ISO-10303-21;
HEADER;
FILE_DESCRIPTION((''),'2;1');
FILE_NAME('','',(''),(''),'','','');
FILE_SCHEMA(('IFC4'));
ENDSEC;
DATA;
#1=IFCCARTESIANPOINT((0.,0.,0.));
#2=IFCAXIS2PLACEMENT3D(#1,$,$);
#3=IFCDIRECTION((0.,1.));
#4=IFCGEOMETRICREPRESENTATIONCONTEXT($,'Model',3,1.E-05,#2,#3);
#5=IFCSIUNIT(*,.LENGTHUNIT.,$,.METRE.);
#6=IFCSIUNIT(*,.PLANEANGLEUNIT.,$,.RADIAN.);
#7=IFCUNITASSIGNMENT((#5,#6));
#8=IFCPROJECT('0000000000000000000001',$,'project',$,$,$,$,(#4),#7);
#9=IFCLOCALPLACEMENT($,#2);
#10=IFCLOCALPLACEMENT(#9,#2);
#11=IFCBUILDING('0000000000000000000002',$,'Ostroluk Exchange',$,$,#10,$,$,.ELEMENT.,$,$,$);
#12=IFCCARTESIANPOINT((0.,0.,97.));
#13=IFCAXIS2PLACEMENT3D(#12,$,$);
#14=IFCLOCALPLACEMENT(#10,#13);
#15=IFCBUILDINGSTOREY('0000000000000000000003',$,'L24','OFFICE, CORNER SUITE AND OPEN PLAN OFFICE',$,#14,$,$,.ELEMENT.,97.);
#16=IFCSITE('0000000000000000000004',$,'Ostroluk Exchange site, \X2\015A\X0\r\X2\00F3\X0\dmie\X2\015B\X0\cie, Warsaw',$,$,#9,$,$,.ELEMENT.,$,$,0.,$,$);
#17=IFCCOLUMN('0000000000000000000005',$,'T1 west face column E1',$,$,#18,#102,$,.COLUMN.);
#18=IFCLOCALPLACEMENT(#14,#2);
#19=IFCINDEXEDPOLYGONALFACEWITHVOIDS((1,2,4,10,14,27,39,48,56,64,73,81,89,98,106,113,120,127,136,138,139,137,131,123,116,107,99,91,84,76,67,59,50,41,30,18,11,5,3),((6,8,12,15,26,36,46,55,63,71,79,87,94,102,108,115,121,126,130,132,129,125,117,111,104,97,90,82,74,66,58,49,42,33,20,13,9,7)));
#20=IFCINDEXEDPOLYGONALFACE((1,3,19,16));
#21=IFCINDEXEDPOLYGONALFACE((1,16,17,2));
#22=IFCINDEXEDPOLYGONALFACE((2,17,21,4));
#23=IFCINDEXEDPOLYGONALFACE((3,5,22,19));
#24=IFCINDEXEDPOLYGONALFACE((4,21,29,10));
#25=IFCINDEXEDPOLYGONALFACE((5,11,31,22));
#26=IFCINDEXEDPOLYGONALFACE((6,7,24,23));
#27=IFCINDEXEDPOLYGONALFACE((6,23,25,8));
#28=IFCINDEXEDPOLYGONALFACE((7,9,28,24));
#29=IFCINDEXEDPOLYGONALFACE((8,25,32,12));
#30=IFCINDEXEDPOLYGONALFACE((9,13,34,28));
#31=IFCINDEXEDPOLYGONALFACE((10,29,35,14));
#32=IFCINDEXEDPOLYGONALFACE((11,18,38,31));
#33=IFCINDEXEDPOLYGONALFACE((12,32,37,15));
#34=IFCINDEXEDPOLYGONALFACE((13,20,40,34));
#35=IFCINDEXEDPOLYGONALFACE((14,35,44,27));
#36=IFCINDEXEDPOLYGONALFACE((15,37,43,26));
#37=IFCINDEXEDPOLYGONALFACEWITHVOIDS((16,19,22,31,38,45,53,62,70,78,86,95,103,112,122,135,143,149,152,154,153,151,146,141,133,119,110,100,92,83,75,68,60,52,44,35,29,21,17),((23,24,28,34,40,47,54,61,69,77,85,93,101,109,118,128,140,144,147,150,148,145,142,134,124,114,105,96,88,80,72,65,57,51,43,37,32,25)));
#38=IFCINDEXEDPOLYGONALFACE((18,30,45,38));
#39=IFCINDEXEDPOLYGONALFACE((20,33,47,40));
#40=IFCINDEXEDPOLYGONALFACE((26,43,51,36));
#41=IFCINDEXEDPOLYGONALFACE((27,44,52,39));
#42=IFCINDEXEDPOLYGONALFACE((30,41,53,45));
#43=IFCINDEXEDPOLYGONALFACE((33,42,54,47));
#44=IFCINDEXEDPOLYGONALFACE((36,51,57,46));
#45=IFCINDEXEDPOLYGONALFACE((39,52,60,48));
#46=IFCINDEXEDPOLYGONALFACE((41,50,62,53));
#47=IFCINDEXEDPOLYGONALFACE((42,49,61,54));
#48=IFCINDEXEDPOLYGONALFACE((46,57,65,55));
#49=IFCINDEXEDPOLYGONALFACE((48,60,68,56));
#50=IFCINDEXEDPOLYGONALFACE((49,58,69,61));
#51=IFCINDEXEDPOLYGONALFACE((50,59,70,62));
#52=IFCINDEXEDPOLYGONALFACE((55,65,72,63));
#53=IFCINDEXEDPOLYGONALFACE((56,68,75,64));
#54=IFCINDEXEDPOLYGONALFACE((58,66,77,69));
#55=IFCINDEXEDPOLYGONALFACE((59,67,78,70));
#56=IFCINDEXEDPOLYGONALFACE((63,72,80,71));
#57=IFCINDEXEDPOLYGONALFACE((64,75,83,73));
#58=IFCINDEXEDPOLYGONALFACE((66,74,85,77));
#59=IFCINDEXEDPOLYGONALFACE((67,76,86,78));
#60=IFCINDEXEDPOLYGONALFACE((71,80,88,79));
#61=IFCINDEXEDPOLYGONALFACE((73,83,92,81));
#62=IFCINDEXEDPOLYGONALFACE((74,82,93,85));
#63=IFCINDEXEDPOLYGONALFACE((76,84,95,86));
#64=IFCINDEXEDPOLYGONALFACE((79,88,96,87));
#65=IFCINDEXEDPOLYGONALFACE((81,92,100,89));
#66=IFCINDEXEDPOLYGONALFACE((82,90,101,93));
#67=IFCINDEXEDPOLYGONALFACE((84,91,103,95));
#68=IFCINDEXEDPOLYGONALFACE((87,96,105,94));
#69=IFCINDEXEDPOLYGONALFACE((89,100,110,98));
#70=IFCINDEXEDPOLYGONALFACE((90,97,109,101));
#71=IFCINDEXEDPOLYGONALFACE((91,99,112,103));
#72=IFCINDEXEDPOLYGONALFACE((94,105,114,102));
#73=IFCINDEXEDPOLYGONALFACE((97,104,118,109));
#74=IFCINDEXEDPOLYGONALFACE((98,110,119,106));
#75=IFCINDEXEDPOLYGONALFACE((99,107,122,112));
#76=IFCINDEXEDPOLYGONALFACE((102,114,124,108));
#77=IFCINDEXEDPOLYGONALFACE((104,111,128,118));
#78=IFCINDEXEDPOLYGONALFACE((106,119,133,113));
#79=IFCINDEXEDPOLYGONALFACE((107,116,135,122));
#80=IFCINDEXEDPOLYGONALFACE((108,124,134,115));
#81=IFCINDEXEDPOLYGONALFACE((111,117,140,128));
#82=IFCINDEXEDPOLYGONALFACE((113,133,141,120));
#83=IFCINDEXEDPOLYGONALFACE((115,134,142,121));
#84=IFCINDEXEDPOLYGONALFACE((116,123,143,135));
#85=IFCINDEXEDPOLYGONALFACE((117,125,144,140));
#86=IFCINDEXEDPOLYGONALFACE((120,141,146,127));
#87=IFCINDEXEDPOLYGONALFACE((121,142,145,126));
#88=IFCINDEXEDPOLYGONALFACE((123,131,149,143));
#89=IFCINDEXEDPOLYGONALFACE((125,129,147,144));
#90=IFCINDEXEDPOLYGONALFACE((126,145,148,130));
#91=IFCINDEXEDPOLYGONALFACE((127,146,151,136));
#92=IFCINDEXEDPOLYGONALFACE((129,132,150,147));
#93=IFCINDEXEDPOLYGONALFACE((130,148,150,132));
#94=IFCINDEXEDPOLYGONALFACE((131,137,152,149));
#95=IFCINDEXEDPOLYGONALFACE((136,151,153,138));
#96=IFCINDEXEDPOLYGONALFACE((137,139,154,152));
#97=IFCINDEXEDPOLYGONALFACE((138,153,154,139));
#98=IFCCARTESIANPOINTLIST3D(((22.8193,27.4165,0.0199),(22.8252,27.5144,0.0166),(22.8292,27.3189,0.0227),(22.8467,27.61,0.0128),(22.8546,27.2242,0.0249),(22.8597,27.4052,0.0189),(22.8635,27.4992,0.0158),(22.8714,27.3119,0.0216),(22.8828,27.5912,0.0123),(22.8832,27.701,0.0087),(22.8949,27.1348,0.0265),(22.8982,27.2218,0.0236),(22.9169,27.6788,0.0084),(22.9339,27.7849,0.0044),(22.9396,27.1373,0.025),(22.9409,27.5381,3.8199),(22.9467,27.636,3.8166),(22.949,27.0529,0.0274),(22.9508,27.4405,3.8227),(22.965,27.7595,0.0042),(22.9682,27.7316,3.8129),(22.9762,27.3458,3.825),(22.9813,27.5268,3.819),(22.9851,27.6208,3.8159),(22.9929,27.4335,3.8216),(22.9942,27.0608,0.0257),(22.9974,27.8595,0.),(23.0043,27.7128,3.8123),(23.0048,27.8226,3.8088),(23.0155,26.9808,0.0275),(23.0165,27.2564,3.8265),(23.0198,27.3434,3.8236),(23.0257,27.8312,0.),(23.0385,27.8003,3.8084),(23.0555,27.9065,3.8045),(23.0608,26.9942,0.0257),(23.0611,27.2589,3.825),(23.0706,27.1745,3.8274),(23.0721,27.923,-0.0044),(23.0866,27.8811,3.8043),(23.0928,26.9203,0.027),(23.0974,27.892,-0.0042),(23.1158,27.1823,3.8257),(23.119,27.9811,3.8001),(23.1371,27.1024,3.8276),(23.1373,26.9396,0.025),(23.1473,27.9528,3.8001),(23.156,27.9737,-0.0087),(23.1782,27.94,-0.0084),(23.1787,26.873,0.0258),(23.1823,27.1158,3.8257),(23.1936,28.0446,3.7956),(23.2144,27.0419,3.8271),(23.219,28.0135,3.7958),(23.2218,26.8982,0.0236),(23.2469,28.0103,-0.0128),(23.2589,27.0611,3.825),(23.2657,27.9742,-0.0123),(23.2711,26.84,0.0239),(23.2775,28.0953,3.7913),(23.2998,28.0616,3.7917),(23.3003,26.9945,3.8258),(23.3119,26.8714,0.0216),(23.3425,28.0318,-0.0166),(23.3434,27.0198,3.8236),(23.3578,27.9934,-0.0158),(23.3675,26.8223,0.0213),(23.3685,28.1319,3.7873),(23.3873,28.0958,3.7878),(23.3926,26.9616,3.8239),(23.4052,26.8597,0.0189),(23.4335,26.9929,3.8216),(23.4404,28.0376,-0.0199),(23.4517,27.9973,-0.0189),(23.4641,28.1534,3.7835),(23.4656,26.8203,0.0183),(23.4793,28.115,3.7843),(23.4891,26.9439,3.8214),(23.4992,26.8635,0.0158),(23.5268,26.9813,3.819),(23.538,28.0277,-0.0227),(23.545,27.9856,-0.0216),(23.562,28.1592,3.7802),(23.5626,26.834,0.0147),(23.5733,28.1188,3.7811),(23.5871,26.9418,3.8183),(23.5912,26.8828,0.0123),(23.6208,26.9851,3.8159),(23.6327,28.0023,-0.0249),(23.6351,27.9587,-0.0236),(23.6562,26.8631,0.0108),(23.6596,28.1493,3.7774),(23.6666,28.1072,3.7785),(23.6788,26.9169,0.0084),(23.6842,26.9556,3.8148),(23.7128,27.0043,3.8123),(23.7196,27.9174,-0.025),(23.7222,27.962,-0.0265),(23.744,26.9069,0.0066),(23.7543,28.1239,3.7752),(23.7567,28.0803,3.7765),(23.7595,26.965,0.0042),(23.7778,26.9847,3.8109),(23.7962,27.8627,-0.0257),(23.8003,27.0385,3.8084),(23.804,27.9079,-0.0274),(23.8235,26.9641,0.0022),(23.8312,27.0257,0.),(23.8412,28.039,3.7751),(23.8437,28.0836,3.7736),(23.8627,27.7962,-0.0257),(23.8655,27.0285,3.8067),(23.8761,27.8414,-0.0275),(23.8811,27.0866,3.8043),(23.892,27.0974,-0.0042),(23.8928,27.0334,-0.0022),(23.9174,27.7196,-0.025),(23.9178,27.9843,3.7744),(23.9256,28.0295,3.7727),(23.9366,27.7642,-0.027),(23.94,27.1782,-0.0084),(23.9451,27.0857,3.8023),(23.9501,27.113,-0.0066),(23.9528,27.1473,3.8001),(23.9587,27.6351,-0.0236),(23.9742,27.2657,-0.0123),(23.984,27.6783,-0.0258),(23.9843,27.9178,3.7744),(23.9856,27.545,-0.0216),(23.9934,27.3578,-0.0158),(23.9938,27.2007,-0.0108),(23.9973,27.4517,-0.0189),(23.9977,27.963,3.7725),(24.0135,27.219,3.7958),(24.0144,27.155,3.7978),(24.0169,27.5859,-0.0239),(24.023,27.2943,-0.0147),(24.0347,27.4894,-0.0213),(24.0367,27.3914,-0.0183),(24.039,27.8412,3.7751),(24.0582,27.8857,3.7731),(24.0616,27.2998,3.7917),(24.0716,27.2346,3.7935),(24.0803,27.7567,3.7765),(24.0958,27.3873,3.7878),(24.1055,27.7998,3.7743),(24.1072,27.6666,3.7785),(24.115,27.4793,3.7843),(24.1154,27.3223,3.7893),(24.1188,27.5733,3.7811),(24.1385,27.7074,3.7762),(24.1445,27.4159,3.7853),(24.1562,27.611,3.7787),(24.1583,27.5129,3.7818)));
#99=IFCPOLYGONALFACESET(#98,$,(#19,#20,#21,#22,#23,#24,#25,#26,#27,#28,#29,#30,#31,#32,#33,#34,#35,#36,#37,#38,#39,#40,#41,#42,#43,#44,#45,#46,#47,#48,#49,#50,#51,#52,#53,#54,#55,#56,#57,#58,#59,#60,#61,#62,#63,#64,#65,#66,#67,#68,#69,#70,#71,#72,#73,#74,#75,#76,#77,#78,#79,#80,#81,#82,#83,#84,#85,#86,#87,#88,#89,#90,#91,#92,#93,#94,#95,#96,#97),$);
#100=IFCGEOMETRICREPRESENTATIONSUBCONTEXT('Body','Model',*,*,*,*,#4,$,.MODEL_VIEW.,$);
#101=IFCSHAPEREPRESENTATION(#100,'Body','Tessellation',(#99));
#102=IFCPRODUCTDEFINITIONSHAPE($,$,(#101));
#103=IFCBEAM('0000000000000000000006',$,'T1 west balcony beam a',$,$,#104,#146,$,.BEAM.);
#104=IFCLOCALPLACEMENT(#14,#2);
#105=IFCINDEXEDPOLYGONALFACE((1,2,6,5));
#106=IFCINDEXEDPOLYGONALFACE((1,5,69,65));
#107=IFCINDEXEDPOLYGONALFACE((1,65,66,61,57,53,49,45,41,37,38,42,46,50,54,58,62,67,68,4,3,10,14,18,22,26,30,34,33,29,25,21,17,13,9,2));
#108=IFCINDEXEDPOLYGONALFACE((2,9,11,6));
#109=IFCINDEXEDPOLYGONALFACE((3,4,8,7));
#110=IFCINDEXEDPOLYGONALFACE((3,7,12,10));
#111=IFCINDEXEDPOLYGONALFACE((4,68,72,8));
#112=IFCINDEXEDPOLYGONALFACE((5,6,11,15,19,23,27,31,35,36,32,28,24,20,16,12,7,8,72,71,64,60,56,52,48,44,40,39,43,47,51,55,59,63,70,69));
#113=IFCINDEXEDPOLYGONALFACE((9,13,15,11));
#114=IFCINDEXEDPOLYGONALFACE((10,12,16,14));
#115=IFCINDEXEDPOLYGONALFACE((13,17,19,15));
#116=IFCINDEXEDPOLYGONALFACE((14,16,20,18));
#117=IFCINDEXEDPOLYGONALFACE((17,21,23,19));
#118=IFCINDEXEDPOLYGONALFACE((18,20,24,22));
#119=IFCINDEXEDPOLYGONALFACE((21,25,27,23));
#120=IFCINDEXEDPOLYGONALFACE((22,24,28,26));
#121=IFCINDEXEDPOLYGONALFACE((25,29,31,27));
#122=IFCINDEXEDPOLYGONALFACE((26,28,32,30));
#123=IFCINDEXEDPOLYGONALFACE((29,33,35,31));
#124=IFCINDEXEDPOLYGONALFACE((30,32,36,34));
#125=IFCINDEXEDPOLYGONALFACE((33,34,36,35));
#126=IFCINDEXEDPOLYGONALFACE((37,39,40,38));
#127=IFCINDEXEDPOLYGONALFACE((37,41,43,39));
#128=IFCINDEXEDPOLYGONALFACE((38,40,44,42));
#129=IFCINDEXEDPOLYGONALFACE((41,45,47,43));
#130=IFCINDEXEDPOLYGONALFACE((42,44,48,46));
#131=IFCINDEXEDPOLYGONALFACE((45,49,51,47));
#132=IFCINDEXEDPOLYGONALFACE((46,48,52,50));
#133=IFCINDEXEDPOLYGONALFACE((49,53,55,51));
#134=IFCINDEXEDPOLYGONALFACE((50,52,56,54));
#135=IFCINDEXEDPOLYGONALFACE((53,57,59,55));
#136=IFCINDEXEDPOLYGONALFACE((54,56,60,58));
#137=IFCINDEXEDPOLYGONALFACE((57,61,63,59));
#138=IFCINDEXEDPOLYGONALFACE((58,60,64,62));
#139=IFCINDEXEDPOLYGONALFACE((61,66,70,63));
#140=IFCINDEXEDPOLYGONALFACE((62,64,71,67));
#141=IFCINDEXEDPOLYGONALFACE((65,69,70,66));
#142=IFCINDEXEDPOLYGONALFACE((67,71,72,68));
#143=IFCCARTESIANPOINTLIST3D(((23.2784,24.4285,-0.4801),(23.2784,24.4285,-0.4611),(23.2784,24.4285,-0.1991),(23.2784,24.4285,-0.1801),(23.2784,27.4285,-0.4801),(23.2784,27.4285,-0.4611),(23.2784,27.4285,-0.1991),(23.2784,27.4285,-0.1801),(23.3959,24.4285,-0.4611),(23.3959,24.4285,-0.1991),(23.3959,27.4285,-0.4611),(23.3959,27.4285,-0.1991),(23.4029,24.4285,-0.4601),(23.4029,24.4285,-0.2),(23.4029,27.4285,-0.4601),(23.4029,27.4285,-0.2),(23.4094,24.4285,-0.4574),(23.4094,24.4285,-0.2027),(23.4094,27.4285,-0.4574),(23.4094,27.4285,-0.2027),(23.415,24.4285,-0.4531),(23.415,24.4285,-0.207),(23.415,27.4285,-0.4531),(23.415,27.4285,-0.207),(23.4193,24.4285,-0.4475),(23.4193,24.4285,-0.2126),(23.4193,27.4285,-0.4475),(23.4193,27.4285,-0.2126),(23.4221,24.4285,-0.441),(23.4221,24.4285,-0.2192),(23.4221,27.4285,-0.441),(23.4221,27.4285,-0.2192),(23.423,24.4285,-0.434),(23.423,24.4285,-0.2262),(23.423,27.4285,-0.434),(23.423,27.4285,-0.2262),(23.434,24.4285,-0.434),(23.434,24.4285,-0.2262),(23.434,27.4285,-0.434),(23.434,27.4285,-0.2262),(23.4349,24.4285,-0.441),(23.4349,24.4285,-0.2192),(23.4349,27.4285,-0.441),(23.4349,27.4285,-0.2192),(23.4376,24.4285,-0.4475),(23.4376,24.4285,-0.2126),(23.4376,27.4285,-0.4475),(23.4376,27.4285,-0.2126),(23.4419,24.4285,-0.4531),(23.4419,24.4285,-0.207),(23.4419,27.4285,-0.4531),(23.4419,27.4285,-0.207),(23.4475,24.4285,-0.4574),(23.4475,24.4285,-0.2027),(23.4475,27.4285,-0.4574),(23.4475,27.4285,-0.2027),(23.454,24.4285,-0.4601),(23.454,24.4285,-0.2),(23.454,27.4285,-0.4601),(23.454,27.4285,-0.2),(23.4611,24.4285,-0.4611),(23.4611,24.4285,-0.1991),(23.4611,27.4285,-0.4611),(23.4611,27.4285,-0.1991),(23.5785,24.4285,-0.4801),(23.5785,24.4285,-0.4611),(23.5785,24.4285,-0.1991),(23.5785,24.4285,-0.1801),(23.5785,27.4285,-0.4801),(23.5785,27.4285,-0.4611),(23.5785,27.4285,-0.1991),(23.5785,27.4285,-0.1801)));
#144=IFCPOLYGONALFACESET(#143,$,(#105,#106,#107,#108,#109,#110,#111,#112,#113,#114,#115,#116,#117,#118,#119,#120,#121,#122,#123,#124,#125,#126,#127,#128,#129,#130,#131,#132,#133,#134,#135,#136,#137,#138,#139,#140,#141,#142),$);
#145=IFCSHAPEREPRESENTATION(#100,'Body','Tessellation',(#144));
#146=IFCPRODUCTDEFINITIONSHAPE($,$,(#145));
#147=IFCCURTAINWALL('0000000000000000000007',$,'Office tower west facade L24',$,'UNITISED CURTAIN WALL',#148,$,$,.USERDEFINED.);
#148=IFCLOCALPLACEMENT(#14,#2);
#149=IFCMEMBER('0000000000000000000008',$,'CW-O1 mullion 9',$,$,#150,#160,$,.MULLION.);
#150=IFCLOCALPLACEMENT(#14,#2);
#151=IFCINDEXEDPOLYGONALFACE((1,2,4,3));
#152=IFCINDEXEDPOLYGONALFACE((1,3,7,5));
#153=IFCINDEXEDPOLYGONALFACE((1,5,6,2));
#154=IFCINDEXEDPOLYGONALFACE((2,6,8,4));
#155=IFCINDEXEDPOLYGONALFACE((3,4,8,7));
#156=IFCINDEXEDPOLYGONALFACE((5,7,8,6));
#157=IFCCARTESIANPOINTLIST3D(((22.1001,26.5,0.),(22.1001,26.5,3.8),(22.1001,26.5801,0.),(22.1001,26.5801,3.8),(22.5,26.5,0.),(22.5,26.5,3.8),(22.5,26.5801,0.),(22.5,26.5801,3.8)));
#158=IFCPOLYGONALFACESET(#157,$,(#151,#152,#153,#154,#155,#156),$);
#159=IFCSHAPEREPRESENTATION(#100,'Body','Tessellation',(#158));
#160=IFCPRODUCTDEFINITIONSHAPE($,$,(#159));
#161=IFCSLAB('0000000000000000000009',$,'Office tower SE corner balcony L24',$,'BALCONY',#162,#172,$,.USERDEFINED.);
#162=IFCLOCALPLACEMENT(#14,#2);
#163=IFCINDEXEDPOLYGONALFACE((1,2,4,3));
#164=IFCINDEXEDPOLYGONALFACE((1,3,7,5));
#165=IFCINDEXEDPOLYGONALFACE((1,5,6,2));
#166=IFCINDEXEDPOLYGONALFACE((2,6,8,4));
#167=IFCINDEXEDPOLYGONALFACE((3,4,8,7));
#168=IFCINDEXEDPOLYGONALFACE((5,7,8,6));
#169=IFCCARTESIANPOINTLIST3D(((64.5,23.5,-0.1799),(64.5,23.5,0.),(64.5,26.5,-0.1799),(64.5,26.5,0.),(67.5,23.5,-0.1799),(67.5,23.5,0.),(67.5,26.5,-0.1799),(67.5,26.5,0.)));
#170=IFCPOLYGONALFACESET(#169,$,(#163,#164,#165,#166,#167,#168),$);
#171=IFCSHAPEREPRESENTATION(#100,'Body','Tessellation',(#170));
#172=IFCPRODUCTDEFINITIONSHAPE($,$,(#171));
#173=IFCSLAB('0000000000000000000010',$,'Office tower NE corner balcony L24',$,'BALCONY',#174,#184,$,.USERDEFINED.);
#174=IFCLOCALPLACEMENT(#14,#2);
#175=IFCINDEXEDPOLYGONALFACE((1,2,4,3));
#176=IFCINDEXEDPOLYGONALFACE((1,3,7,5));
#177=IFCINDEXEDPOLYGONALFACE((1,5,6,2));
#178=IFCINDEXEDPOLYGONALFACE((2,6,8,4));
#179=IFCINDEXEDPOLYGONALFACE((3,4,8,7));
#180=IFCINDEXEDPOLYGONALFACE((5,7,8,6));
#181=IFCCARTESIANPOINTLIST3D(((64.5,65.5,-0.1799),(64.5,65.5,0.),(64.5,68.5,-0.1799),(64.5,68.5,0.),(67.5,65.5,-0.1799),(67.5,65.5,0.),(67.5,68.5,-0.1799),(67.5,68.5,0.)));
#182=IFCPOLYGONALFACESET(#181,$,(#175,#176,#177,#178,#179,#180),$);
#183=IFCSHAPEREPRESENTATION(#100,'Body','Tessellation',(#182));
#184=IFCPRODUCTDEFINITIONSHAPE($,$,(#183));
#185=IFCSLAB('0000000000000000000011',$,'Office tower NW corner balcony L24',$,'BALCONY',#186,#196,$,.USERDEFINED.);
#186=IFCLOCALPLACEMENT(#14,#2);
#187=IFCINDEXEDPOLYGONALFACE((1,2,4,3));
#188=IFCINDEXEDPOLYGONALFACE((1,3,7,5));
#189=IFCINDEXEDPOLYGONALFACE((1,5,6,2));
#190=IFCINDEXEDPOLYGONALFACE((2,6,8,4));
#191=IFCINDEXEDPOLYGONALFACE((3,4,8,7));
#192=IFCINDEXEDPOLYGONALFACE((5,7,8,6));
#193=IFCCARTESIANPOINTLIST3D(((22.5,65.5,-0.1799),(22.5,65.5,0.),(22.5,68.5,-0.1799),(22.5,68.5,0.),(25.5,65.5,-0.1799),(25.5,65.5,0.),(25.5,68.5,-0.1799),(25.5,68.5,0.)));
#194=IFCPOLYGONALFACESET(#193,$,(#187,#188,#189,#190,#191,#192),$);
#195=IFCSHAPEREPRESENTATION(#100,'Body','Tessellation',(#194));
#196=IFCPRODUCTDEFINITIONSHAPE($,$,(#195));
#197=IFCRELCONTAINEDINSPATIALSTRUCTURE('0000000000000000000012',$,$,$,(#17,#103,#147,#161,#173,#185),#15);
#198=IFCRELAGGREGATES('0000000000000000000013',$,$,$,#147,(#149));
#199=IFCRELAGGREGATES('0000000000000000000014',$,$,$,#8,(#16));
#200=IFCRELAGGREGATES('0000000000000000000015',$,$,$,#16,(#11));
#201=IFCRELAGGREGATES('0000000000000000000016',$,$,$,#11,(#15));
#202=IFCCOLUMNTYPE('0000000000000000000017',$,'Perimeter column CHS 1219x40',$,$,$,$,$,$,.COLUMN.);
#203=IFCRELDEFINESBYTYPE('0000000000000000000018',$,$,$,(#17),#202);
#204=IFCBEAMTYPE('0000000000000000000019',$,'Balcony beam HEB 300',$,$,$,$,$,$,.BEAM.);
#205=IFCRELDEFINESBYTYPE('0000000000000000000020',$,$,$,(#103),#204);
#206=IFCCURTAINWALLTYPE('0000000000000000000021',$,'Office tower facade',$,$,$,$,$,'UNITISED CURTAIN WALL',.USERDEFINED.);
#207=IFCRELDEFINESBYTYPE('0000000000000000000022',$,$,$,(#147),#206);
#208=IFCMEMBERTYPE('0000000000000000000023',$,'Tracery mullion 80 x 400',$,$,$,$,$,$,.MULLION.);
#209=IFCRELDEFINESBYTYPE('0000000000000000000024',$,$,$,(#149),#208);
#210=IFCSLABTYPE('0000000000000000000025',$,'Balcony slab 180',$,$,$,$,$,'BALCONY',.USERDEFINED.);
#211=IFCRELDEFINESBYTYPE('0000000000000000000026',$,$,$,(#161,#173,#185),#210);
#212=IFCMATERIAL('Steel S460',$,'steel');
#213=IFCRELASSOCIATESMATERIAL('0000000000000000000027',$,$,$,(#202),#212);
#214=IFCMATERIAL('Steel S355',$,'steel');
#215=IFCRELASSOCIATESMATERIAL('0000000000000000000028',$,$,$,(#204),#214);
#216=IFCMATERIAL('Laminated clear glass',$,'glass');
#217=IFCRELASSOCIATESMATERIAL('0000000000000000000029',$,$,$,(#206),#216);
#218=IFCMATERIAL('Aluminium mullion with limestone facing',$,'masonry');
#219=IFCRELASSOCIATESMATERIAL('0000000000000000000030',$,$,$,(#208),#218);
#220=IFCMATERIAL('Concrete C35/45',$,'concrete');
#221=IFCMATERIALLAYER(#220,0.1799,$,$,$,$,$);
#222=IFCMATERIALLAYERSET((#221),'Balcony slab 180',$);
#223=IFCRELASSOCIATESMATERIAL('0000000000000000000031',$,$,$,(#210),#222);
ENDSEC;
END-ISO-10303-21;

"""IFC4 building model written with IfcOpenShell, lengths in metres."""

from ifc_helpers import new_model, si_unit, direction, frame, origin, origin_2d, place, context, subcontext, project, spatial, polyline, rectangle, hollow_circle, i_section, outline, extrude, material, layer, layer_set, material_profile, profile_set, type_object, element, aggregate, save


model = new_model("IFC4")

# Units and contexts
model_context = context("Model", 3, precision=1e-05, world=origin(), true_north=direction((0.0, 1.0)))
body_context = subcontext(model_context, "Body", "Model", "MODEL_VIEW")
ifc_project = project(units=[si_unit("LENGTHUNIT", "METRE"), si_unit("PLANEANGLEUNIT", "RADIAN")], contexts=[model_context])

# Site, building, storey
site_placement = place(None, origin())
site = spatial("IfcSite", under=ifc_project, at=site_placement, Name="Ostroluk Exchange site, Śródmieście, Warsaw", CompositionType="ELEMENT", RefElevation=0.0)
building_placement = place(site_placement, origin())
building = spatial("IfcBuilding", under=site, at=building_placement, Name="Ostroluk Exchange", CompositionType="ELEMENT")
storey_placement = place(building_placement, frame((0.0, 0.0, 97.0)))
storey = spatial("IfcBuildingStorey", under=building, at=storey_placement, Name="L24", Description="OFFICE, CORNER SUITE AND OPEN PLAN OFFICE", CompositionType="ELEMENT", Elevation=97.0)

# Column
ifc_material_1 = material(Name="Steel S460", Category="steel")
ifc_material_profile_1 = material_profile(ifc_material_1, hollow_circle(Radius=0.6096, WallThickness=0.04, at=origin_2d()), Name="CHS 1219x40")
ifc_profile_set_1 = profile_set([ifc_material_profile_1], Name="Steel S460")
column_type = type_object("IfcColumnType", Name="Perimeter column CHS 1219x40", PredefinedType="COLUMN", material=ifc_profile_set_1)
column_placement = place(storey_placement, frame((23.4285, 27.4285, 0.0), z_axis=(0.031962, 0.031962, 0.998978), x_axis=(-0.707107, 0.707107, 0.0)))
element("IfcColumn", 1, at=column_placement, inside=storey, type_object=column_type, Name="T1 west face column E1", PredefinedType="COLUMN", context=body_context, shape_type="SweptSolid", body=[
    extrude(hollow_circle(Radius=0.6096, WallThickness=0.04, at=origin_2d()), origin(), (0.0, 0.0, 1.0), 3.804),
])

# Beam
ifc_material_2 = material(Name="Steel S355", Category="steel")
ifc_material_profile_2 = material_profile(ifc_material_2, i_section(OverallWidth=0.3, OverallDepth=0.3, WebThickness=0.011, FlangeThickness=0.019, FilletRadius=0.0271, at=origin_2d()), Name="HEB 300")
ifc_profile_set_2 = profile_set([ifc_material_profile_2], Name="Steel S355")
beam_type = type_object("IfcBeamType", Name="Balcony beam HEB 300", PredefinedType="BEAM", material=ifc_profile_set_2)
beam_placement = place(storey_placement, frame((23.4285, 27.4285, -0.3301), z_axis=(0.0, -1.0, 0.0), x_axis=(1.0, 0.0, 0.0)))
element("IfcBeam", 2, at=beam_placement, inside=storey, type_object=beam_type, Name="T1 west balcony beam a", PredefinedType="BEAM", context=body_context, shape_type="SweptSolid", body=[
    extrude(i_section(OverallWidth=0.3, OverallDepth=0.3, WebThickness=0.011, FlangeThickness=0.019, FilletRadius=0.0271, at=origin_2d()), origin(), (0.0, 0.0, 1.0), 3.0),
])

# Curtain wall, member
ifc_material_3 = material(Name="Laminated clear glass", Category="glass")
curtain_wall_type = type_object("IfcCurtainWallType", Name="Office tower facade", ElementType="UNITISED CURTAIN WALL", PredefinedType="USERDEFINED", material=ifc_material_3)
curtain_wall_placement = place(storey_placement, origin())
curtain_wall = element("IfcCurtainWall", 3, at=curtain_wall_placement, inside=storey, type_object=curtain_wall_type, Name="Office tower west facade L24", ObjectType="UNITISED CURTAIN WALL", PredefinedType="USERDEFINED")
ifc_material_4 = material(Name="Aluminium mullion with limestone facing", Category="masonry")
ifc_material_profile_3 = material_profile(ifc_material_4, rectangle(XDim=0.3999, YDim=0.0801, at=origin_2d()), Name="Tracery mullion 80 x 400")
ifc_profile_set_3 = profile_set([ifc_material_profile_3], Name="Aluminium mullion with limestone facing")
member_type = type_object("IfcMemberType", Name="Tracery mullion 80 x 400", PredefinedType="MULLION", material=ifc_profile_set_3)
member_placement = place(storey_placement, frame((22.3, 26.54, 0.0), z_axis=(0.0, 0.0, 1.0), x_axis=(1.0, 0.0, 0.0)))
member = element("IfcMember", 4, at=member_placement, type_object=member_type, Name="CW-O1 mullion 9", PredefinedType="MULLION", context=body_context, shape_type="SweptSolid", body=[
    extrude(rectangle(XDim=0.3999, YDim=0.0801, at=origin_2d()), origin(), (0.0, 0.0, 1.0), 3.8),
])
aggregate(curtain_wall, [member])

# Slabs
ifc_material_5 = material(Name="Concrete C35/45", Category="concrete")
ifc_layer_1 = layer(ifc_material_5, 0.1799)
ifc_layer_set_1 = layer_set([ifc_layer_1], Name="Balcony slab 180")
slab_type_1 = type_object("IfcSlabType", Name="Balcony slab 180", ElementType="BALCONY", PredefinedType="USERDEFINED", material=ifc_layer_set_1)
slab_1_placement = place(storey_placement, frame((0.0, 0.0, -0.1799)))
element("IfcSlab", 5, at=slab_1_placement, inside=storey, type_object=slab_type_1, Name="Office tower SE corner balcony L24", ObjectType="BALCONY", PredefinedType="USERDEFINED", context=body_context, shape_type="SweptSolid", body=[
    extrude(outline(polyline([(64.5, 23.5), (67.5, 23.5), (67.5, 26.5), (64.5, 26.5), (64.5, 23.5)])), origin(), (0.0, 0.0, 1.0), 0.1799),
])
slab_2_placement = place(storey_placement, frame((0.0, 0.0, -0.1799)))
element("IfcSlab", 6, at=slab_2_placement, inside=storey, type_object=slab_type_1, Name="Office tower NE corner balcony L24", ObjectType="BALCONY", PredefinedType="USERDEFINED", context=body_context, shape_type="SweptSolid", body=[
    extrude(outline(polyline([(64.5, 65.5), (67.5, 65.5), (67.5, 68.5), (64.5, 68.5), (64.5, 65.5)])), origin(), (0.0, 0.0, 1.0), 0.1799),
])
slab_3_placement = place(storey_placement, frame((0.0, 0.0, -0.1799)))
element("IfcSlab", 7, at=slab_3_placement, inside=storey, type_object=slab_type_1, Name="Office tower NW corner balcony L24", ObjectType="BALCONY", PredefinedType="USERDEFINED", context=body_context, shape_type="SweptSolid", body=[
    extrude(outline(polyline([(22.5, 65.5), (25.5, 65.5), (25.5, 68.5), (22.5, 68.5), (22.5, 65.5)])), origin(), (0.0, 0.0, 1.0), 0.1799),
])

save(model, "model.ifc")
